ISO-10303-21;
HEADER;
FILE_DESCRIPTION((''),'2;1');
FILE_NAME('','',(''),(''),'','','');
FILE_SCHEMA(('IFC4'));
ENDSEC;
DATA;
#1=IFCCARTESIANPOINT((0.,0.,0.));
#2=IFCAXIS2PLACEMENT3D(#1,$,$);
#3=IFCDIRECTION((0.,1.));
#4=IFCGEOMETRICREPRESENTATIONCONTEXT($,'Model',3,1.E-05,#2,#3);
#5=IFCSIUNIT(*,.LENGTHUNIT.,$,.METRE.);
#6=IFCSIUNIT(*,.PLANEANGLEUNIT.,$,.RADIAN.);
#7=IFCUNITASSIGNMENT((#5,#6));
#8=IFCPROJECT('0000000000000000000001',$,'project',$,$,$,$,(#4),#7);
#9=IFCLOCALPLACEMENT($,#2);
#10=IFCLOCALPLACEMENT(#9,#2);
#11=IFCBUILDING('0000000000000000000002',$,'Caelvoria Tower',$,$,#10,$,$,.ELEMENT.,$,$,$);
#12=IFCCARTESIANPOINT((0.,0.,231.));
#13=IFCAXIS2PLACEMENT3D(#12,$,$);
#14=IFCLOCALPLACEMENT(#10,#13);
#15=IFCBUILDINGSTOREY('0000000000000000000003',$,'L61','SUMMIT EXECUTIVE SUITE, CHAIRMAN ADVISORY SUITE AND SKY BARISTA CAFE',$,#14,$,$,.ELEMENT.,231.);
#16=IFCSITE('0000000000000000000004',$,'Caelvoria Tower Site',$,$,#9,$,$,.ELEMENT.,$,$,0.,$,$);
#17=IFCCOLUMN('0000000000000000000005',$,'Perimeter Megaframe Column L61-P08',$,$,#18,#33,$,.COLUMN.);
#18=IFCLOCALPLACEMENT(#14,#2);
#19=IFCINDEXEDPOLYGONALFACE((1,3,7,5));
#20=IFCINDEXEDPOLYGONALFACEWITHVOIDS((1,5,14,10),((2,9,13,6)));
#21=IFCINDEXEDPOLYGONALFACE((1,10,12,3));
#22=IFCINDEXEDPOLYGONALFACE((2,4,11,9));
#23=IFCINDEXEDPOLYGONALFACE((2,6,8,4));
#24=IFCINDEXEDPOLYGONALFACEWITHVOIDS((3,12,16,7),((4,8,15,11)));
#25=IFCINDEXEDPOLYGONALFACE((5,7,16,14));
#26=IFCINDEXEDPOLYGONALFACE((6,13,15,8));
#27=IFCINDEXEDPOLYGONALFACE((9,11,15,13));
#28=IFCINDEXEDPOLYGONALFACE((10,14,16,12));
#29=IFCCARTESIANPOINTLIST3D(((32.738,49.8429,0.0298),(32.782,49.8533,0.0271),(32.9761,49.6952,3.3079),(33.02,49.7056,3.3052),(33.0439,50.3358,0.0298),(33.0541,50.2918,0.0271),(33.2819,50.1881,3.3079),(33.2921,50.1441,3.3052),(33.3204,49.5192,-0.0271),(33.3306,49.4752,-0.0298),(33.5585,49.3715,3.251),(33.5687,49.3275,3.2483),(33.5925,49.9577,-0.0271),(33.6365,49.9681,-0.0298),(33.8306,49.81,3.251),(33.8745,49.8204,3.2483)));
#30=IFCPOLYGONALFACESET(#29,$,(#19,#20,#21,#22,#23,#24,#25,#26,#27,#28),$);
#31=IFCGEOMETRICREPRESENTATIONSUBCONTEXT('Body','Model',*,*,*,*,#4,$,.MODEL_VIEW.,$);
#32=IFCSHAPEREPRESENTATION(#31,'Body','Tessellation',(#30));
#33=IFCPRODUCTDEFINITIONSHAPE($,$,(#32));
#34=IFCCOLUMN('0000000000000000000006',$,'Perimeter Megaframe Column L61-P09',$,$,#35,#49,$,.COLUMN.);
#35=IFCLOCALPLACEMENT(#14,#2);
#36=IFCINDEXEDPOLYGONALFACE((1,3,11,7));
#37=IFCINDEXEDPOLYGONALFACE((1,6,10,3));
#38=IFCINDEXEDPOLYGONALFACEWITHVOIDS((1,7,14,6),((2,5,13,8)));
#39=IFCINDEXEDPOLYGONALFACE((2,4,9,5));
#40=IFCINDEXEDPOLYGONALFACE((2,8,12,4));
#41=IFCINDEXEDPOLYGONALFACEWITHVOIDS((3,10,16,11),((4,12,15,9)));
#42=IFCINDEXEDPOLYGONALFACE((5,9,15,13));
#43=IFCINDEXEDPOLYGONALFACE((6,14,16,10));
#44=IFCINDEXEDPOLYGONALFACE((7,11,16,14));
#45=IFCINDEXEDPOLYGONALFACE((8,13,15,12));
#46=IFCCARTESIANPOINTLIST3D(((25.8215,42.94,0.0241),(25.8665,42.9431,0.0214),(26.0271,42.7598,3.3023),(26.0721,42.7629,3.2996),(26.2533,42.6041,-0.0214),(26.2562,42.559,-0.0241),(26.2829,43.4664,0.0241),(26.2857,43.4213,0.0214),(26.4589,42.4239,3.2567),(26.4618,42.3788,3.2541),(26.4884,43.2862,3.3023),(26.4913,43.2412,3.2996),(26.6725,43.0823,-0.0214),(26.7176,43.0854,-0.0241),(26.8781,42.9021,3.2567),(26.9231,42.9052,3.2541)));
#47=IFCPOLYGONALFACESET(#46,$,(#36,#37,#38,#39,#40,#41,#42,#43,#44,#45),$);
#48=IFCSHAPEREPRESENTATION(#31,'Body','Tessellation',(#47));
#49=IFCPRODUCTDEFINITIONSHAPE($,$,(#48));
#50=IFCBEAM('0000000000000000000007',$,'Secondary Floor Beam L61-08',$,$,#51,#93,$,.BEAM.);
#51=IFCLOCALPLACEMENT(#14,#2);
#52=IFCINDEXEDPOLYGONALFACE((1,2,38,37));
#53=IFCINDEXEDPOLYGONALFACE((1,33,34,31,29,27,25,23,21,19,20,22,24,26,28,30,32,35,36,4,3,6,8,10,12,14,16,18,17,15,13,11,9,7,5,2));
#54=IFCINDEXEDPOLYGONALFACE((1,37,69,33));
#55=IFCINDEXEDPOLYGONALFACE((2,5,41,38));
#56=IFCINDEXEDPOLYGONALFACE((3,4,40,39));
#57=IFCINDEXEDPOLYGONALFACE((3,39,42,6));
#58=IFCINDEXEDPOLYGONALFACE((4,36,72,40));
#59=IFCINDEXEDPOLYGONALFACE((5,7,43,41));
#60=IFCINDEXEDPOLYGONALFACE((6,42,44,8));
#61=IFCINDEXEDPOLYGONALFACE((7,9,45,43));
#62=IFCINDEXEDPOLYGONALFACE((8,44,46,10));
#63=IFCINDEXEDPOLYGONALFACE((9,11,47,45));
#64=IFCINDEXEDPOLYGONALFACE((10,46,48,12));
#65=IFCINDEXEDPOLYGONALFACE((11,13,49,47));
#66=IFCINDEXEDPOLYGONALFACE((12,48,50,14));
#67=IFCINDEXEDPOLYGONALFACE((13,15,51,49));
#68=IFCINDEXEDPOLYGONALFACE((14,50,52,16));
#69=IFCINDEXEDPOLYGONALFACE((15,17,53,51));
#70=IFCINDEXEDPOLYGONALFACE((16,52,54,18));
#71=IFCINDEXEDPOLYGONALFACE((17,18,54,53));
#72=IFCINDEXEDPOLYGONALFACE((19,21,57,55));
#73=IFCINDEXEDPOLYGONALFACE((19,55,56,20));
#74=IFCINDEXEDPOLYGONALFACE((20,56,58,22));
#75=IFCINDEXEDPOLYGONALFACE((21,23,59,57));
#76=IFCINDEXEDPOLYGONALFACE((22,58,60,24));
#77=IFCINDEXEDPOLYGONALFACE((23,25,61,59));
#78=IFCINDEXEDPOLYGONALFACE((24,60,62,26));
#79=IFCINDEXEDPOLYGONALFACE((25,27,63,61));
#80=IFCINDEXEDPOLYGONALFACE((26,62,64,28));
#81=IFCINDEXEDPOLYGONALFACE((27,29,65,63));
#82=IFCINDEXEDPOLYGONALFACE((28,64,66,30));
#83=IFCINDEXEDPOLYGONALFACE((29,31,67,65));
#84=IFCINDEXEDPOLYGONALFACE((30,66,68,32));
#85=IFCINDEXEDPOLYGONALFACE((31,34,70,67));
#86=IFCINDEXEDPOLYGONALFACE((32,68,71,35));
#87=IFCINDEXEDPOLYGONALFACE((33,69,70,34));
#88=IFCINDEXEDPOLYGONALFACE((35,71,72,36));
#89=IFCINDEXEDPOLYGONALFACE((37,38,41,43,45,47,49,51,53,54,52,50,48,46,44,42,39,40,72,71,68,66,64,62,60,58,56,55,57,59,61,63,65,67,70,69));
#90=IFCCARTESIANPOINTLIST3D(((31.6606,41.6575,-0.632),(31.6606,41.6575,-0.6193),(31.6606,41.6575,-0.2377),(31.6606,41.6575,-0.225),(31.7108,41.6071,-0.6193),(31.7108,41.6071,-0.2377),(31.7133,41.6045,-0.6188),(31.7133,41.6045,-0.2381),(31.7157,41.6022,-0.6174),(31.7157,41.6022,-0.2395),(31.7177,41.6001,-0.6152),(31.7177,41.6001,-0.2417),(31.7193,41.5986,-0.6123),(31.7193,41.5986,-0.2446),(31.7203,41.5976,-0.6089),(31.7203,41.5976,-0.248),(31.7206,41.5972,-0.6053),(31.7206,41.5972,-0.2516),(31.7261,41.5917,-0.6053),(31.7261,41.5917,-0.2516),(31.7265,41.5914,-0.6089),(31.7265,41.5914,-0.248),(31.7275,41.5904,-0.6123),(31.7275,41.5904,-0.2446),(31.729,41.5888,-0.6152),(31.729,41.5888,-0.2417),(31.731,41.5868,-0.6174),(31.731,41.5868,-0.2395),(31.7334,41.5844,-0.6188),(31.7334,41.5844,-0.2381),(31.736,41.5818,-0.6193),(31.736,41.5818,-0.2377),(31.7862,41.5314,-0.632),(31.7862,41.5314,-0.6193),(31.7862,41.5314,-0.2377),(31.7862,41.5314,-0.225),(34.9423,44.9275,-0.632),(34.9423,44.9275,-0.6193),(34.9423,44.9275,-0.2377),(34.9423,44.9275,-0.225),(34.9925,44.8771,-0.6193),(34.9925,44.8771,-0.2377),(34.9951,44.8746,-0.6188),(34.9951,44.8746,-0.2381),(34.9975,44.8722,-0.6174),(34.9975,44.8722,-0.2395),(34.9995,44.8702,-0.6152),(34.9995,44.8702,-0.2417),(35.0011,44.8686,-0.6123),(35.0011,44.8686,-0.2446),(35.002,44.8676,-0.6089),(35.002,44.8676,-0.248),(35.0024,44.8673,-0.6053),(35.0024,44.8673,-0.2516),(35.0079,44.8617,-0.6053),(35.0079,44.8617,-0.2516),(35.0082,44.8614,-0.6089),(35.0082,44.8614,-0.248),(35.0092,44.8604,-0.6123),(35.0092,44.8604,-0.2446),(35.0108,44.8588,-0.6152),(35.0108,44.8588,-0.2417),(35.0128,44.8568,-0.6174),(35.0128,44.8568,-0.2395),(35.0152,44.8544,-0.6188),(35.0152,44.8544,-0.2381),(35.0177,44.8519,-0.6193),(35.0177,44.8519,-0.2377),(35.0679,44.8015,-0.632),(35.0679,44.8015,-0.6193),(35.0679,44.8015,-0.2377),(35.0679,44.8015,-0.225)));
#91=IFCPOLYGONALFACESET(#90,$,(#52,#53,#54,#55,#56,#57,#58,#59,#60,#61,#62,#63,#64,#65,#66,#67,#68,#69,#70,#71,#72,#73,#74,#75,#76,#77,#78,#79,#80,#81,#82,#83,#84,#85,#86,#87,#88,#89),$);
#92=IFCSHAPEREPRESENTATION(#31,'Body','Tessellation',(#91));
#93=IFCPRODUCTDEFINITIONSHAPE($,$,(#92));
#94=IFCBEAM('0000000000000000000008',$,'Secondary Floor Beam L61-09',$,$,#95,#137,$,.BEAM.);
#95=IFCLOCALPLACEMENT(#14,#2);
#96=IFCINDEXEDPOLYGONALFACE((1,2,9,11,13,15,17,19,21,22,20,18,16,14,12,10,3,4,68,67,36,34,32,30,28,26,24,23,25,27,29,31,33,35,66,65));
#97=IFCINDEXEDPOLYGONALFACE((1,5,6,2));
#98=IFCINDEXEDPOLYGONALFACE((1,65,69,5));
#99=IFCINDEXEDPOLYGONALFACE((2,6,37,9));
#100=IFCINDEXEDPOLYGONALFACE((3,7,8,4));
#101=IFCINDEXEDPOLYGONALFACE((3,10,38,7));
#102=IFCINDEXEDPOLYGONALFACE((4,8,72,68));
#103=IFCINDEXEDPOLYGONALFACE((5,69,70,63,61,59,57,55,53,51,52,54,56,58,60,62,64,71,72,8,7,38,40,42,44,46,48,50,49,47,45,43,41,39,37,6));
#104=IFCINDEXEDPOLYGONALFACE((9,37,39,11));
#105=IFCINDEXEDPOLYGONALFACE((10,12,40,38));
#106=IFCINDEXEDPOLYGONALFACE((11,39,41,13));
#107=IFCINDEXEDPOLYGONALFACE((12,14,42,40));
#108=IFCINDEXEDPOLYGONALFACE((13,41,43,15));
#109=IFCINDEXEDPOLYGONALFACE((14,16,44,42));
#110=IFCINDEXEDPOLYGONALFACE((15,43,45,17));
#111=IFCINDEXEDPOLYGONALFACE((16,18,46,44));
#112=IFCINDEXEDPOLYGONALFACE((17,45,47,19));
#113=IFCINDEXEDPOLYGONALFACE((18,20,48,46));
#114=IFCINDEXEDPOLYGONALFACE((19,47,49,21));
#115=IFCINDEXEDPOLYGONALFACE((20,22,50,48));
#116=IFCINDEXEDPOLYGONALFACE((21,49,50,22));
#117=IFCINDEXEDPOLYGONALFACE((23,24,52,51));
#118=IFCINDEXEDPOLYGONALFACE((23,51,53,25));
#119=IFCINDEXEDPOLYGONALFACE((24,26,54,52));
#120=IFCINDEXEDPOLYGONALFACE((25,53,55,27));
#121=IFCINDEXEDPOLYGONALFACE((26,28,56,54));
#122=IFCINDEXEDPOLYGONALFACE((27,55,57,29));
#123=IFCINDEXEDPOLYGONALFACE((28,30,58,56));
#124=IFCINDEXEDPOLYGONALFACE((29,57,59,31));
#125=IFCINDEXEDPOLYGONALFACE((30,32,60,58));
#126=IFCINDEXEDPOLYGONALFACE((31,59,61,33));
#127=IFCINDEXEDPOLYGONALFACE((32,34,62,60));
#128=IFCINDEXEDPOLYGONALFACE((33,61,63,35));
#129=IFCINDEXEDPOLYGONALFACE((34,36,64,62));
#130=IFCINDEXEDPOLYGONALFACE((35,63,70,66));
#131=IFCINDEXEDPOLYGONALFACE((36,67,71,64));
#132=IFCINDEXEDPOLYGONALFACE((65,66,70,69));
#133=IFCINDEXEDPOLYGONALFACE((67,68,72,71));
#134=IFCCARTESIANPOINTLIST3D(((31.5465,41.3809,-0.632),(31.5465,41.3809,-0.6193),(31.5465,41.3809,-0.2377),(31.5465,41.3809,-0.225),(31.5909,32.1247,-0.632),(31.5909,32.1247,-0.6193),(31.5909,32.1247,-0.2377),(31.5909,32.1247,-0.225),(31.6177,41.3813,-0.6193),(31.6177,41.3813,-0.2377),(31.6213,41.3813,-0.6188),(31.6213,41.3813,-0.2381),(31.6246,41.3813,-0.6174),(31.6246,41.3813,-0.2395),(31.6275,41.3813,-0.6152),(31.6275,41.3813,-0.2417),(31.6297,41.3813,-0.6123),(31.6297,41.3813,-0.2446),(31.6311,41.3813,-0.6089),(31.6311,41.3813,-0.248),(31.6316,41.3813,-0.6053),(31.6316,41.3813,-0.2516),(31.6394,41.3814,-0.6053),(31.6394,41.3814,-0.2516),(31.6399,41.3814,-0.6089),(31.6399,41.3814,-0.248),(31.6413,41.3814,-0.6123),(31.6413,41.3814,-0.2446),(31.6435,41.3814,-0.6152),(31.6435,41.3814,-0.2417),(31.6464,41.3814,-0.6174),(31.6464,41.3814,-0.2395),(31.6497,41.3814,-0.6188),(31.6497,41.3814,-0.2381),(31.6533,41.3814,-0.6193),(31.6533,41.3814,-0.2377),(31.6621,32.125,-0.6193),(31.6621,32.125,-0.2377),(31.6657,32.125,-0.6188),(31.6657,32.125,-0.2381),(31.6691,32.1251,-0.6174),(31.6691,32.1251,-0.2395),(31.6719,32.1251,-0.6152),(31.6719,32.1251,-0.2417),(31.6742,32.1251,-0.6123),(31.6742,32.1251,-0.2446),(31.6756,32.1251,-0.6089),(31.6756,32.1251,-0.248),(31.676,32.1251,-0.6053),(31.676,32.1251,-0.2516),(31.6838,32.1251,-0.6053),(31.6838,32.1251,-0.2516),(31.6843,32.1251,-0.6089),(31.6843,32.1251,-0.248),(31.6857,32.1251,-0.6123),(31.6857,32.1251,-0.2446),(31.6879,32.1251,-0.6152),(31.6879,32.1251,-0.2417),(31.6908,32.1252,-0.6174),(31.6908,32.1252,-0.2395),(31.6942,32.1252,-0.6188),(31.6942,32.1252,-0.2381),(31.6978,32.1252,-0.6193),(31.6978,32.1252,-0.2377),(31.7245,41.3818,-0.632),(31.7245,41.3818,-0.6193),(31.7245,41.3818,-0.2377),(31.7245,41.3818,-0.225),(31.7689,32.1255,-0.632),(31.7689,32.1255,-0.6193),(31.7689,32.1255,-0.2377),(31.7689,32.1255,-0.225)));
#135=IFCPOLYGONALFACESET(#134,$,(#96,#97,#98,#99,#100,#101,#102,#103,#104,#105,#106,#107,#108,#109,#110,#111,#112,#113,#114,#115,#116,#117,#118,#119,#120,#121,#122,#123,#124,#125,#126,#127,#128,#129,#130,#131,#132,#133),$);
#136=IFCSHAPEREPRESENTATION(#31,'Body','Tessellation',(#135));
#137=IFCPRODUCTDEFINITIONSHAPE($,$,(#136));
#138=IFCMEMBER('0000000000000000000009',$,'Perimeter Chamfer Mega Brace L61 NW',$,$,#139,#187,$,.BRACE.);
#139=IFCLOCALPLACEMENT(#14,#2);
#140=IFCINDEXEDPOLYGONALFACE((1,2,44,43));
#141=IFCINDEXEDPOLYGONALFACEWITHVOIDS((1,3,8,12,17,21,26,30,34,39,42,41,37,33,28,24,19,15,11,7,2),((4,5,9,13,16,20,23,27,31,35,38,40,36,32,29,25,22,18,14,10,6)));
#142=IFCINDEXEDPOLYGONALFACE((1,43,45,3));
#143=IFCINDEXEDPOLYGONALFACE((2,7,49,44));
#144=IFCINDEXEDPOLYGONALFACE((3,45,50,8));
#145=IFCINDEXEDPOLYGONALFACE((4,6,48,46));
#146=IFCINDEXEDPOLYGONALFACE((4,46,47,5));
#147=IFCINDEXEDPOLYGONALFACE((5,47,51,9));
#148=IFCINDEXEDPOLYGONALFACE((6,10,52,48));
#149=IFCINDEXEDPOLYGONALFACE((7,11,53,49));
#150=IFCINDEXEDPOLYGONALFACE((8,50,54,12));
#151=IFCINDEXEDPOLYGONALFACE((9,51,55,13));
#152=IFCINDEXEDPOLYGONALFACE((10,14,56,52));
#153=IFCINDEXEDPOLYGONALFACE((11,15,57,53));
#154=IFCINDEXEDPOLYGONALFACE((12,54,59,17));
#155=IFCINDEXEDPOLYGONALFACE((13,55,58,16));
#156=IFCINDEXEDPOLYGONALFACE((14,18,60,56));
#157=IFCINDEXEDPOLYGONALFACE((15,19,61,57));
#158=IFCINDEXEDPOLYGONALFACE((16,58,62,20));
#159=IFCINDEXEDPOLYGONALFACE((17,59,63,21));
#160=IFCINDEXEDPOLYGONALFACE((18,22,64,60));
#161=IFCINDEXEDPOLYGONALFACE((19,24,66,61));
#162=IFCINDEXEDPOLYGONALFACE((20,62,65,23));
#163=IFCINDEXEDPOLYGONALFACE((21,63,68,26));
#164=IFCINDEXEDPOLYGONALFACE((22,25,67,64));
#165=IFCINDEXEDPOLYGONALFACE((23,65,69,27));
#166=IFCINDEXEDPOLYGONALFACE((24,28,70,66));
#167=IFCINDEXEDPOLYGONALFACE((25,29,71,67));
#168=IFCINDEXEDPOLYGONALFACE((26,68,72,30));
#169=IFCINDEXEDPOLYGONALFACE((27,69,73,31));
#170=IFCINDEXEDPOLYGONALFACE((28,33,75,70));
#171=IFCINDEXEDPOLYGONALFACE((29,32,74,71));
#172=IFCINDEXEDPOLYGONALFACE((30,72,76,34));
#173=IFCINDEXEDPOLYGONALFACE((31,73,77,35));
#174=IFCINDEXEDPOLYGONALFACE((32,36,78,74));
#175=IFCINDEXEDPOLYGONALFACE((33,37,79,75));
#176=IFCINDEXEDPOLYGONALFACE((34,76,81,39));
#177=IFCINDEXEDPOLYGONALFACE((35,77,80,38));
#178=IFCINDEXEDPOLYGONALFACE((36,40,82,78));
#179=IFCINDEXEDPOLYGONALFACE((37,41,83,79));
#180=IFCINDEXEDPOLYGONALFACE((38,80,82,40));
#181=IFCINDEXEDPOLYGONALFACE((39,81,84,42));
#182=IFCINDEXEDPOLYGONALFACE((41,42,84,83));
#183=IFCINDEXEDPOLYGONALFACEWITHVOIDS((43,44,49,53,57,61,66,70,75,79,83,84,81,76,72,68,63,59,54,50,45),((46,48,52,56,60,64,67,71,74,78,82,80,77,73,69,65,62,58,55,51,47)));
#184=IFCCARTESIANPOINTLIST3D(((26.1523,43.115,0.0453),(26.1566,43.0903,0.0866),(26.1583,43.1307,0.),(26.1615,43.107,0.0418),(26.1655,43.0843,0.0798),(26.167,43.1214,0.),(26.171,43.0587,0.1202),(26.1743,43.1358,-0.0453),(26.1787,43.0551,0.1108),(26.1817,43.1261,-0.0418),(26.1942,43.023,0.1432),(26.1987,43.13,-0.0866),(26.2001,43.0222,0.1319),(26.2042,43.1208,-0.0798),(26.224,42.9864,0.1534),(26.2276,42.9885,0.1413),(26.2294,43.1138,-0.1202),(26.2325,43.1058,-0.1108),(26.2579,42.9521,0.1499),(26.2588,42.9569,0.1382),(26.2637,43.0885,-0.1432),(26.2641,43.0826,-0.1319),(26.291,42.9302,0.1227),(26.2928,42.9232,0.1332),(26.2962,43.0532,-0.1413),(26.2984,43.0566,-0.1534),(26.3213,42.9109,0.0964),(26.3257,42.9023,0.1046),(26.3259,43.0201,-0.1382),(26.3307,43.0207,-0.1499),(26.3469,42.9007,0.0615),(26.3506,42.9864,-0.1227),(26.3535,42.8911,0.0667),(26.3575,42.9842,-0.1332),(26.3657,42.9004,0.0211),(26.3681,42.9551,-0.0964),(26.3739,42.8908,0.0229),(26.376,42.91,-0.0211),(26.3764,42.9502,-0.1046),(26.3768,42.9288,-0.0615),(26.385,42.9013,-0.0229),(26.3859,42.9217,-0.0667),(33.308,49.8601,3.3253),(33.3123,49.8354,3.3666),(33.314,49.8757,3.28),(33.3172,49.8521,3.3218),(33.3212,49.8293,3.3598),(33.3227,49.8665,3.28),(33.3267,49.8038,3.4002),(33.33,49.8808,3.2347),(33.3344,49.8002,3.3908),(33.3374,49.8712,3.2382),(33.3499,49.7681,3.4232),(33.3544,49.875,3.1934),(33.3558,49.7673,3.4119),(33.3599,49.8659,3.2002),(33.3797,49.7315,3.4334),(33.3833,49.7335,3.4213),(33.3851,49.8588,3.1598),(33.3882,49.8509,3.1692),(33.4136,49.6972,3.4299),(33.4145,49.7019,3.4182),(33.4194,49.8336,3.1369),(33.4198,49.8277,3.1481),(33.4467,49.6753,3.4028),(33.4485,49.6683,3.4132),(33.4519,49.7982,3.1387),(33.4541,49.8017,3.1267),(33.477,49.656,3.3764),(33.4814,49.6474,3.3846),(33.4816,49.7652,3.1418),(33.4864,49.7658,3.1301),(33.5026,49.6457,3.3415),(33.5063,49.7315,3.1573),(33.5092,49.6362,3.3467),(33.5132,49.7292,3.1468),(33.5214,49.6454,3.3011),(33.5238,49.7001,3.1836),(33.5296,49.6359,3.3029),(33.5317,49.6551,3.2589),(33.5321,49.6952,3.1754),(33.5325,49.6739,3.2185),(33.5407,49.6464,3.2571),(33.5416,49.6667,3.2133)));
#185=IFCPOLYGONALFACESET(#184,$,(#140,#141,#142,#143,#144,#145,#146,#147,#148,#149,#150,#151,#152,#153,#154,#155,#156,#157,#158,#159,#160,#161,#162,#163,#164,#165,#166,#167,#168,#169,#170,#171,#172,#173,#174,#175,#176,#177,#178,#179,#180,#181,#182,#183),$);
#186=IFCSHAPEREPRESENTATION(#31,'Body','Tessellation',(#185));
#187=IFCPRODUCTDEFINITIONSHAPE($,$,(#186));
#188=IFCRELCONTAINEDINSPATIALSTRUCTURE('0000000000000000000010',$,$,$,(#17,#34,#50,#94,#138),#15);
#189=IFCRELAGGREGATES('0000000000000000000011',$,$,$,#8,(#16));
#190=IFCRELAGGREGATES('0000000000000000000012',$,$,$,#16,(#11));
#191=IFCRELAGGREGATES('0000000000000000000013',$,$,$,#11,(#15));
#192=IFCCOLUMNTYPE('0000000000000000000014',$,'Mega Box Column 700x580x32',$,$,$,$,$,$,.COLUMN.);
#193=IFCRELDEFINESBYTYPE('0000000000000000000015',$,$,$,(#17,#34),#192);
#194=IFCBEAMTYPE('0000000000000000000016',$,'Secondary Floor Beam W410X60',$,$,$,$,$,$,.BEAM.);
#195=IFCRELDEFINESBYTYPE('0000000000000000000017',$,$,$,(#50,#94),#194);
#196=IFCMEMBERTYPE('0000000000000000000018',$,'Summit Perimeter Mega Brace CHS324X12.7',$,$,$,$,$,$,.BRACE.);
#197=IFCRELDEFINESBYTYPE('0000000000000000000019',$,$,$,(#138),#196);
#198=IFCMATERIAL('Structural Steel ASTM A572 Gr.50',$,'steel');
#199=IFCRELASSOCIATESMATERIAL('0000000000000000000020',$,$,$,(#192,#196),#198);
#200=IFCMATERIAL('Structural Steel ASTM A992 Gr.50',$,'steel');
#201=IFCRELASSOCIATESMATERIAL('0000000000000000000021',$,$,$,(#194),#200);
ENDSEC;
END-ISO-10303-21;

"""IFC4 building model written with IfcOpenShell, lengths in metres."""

from ifc_helpers import new_model, si_unit, direction, frame, origin, origin_2d, place, context, subcontext, project, spatial, hollow_rectangle, hollow_circle, i_section, extrude, material, material_profile, profile_set, type_object, element, save


model = new_model("IFC4")

# Units and contexts
model_context = context("Model", 3, precision=1e-05, world=origin(), true_north=direction((0.0, 1.0)))
body_context = subcontext(model_context, "Body", "Model", "MODEL_VIEW")
ifc_project = project(units=[si_unit("LENGTHUNIT", "METRE"), si_unit("PLANEANGLEUNIT", "RADIAN")], contexts=[model_context])

# Site, building, storey
site_placement = place(None, origin())
site = spatial("IfcSite", under=ifc_project, at=site_placement, Name="Caelvoria Tower Site", CompositionType="ELEMENT", RefElevation=0.0)
building_placement = place(site_placement, origin())
building = spatial("IfcBuilding", under=site, at=building_placement, Name="Caelvoria Tower", CompositionType="ELEMENT")
storey_placement = place(building_placement, frame((0.0, 0.0, 231.0)))
storey = spatial("IfcBuildingStorey", under=building, at=storey_placement, Name="L61", Description="SUMMIT EXECUTIVE SUITE, CHAIRMAN ADVISORY SUITE AND SKY BARISTA CAFE", CompositionType="ELEMENT", Elevation=231.0)

# Columns
ifc_material_1 = material(Name="Structural Steel ASTM A572 Gr.50", Category="steel")
ifc_material_profile_1 = material_profile(ifc_material_1, hollow_rectangle(XDim=0.5801, YDim=0.7, WallThickness=0.032, at=origin_2d()), Name="Structural Steel ASTM A572 Gr.50")
ifc_profile_set_1 = profile_set([ifc_material_profile_1], Name="BOX700X580X32 - Structural Steel ASTM A572 Gr.50")
column_type = type_object("IfcColumnType", Name="Mega Box Column 700x580x32", PredefinedType="COLUMN", material=ifc_profile_set_1)
column_1_placement = place(storey_placement, frame((33.1873, 49.9055, 0.0), z_axis=(0.072351, -0.044895, 0.996368), x_axis=(0.527254, 0.849707, 0.0)))
element("IfcColumn", 1, at=column_1_placement, inside=storey, type_object=column_type, Name="Perimeter Megaframe Column L61-P08", PredefinedType="COLUMN", context=body_context, shape_type="SweptSolid", body=[
    extrude(hollow_rectangle(XDim=0.5801, YDim=0.7, WallThickness=0.032, at=origin_2d()), origin(), (0.0, 0.0, 1.0), 3.29),
])
column_2_placement = place(storey_placement, frame((26.2695, 43.0127, 0.0), z_axis=(0.062493, -0.054774, 0.996541), x_axis=(-0.749422, 0.656857, 0.083099)))
element("IfcColumn", 2, at=column_2_placement, inside=storey, type_object=column_type, Name="Perimeter Megaframe Column L61-P09", PredefinedType="COLUMN", context=body_context, shape_type="SweptSolid", body=[
    extrude(hollow_rectangle(XDim=0.5801, YDim=0.7, WallThickness=0.032, at=origin_2d()), origin(), (0.0, 0.0, 1.0), 3.2896),
])

# Beams
ifc_material_2 = material(Name="Structural Steel ASTM A992 Gr.50", Category="steel")
ifc_material_profile_2 = material_profile(ifc_material_2, i_section(OverallWidth=0.178, OverallDepth=0.407, WebThickness=0.0078, FlangeThickness=0.0127, FilletRadius=0.0139, at=origin_2d()), Name="Structural Steel ASTM A992 Gr.50")
ifc_profile_set_2 = profile_set([ifc_material_profile_2], Name="W410X60 - Structural Steel ASTM A992 Gr.50")
beam_type_1 = type_object("IfcBeamType", Name="Secondary Floor Beam W410X60", PredefinedType="BEAM", material=ifc_profile_set_2)
beam_1_placement = place(storey_placement, frame((35.0051, 44.8645, -0.4285), z_axis=(-0.70837, -0.705841, 0.0), x_axis=(0.705841, -0.70837, 0.0)))
element("IfcBeam", 3, at=beam_1_placement, inside=storey, type_object=beam_type_1, Name="Secondary Floor Beam L61-08", PredefinedType="BEAM", context=body_context, shape_type="SweptSolid", body=[
    extrude(i_section(OverallWidth=0.178, OverallDepth=0.407, WebThickness=0.0078, FlangeThickness=0.0127, FilletRadius=0.0139, at=origin_2d()), origin(), (0.0, 0.0, 1.0), 4.6328),
])
beam_2_placement = place(storey_placement, frame((31.6355, 41.3813, -0.4285), z_axis=(0.0048, -0.999988, 0.0), x_axis=(0.999988, 0.0048, 0.0)))
element("IfcBeam", 4, at=beam_2_placement, inside=storey, type_object=beam_type_1, Name="Secondary Floor Beam L61-09", PredefinedType="BEAM", context=body_context, shape_type="SweptSolid", body=[
    extrude(i_section(OverallWidth=0.178, OverallDepth=0.407, WebThickness=0.0078, FlangeThickness=0.0127, FilletRadius=0.0139, at=origin_2d()), origin(), (0.0, 0.0, 1.0), 9.2563),
])

# Member
ifc_material_profile_3 = material_profile(ifc_material_1, hollow_circle(Radius=0.1621, WallThickness=0.0127, at=origin_2d()), Name="Structural Steel ASTM A572 Gr.50")
ifc_profile_set_3 = profile_set([ifc_material_profile_3], Name="CHS324X12.7 - Structural Steel ASTM A572 Gr.50")
member_type = type_object("IfcMemberType", Name="Summit Perimeter Mega Brace CHS324X12.7", PredefinedType="BRACE", material=ifc_profile_set_3)
member_placement = place(storey_placement, frame((26.2695, 43.0127, 0.0), z_axis=(0.690291, 0.650678, 0.316413), x_axis=(-0.685919, 0.727678, 0.0)))
element("IfcMember", 5, at=member_placement, inside=storey, type_object=member_type, Name="Perimeter Chamfer Mega Brace L61 NW", PredefinedType="BRACE", context=body_context, shape_type="SweptSolid", body=[
    extrude(hollow_circle(Radius=0.1621, WallThickness=0.0127, at=origin_2d()), origin(), (0.0, 0.0, 1.0), 10.3662),
])

save(model, "model.ifc")
